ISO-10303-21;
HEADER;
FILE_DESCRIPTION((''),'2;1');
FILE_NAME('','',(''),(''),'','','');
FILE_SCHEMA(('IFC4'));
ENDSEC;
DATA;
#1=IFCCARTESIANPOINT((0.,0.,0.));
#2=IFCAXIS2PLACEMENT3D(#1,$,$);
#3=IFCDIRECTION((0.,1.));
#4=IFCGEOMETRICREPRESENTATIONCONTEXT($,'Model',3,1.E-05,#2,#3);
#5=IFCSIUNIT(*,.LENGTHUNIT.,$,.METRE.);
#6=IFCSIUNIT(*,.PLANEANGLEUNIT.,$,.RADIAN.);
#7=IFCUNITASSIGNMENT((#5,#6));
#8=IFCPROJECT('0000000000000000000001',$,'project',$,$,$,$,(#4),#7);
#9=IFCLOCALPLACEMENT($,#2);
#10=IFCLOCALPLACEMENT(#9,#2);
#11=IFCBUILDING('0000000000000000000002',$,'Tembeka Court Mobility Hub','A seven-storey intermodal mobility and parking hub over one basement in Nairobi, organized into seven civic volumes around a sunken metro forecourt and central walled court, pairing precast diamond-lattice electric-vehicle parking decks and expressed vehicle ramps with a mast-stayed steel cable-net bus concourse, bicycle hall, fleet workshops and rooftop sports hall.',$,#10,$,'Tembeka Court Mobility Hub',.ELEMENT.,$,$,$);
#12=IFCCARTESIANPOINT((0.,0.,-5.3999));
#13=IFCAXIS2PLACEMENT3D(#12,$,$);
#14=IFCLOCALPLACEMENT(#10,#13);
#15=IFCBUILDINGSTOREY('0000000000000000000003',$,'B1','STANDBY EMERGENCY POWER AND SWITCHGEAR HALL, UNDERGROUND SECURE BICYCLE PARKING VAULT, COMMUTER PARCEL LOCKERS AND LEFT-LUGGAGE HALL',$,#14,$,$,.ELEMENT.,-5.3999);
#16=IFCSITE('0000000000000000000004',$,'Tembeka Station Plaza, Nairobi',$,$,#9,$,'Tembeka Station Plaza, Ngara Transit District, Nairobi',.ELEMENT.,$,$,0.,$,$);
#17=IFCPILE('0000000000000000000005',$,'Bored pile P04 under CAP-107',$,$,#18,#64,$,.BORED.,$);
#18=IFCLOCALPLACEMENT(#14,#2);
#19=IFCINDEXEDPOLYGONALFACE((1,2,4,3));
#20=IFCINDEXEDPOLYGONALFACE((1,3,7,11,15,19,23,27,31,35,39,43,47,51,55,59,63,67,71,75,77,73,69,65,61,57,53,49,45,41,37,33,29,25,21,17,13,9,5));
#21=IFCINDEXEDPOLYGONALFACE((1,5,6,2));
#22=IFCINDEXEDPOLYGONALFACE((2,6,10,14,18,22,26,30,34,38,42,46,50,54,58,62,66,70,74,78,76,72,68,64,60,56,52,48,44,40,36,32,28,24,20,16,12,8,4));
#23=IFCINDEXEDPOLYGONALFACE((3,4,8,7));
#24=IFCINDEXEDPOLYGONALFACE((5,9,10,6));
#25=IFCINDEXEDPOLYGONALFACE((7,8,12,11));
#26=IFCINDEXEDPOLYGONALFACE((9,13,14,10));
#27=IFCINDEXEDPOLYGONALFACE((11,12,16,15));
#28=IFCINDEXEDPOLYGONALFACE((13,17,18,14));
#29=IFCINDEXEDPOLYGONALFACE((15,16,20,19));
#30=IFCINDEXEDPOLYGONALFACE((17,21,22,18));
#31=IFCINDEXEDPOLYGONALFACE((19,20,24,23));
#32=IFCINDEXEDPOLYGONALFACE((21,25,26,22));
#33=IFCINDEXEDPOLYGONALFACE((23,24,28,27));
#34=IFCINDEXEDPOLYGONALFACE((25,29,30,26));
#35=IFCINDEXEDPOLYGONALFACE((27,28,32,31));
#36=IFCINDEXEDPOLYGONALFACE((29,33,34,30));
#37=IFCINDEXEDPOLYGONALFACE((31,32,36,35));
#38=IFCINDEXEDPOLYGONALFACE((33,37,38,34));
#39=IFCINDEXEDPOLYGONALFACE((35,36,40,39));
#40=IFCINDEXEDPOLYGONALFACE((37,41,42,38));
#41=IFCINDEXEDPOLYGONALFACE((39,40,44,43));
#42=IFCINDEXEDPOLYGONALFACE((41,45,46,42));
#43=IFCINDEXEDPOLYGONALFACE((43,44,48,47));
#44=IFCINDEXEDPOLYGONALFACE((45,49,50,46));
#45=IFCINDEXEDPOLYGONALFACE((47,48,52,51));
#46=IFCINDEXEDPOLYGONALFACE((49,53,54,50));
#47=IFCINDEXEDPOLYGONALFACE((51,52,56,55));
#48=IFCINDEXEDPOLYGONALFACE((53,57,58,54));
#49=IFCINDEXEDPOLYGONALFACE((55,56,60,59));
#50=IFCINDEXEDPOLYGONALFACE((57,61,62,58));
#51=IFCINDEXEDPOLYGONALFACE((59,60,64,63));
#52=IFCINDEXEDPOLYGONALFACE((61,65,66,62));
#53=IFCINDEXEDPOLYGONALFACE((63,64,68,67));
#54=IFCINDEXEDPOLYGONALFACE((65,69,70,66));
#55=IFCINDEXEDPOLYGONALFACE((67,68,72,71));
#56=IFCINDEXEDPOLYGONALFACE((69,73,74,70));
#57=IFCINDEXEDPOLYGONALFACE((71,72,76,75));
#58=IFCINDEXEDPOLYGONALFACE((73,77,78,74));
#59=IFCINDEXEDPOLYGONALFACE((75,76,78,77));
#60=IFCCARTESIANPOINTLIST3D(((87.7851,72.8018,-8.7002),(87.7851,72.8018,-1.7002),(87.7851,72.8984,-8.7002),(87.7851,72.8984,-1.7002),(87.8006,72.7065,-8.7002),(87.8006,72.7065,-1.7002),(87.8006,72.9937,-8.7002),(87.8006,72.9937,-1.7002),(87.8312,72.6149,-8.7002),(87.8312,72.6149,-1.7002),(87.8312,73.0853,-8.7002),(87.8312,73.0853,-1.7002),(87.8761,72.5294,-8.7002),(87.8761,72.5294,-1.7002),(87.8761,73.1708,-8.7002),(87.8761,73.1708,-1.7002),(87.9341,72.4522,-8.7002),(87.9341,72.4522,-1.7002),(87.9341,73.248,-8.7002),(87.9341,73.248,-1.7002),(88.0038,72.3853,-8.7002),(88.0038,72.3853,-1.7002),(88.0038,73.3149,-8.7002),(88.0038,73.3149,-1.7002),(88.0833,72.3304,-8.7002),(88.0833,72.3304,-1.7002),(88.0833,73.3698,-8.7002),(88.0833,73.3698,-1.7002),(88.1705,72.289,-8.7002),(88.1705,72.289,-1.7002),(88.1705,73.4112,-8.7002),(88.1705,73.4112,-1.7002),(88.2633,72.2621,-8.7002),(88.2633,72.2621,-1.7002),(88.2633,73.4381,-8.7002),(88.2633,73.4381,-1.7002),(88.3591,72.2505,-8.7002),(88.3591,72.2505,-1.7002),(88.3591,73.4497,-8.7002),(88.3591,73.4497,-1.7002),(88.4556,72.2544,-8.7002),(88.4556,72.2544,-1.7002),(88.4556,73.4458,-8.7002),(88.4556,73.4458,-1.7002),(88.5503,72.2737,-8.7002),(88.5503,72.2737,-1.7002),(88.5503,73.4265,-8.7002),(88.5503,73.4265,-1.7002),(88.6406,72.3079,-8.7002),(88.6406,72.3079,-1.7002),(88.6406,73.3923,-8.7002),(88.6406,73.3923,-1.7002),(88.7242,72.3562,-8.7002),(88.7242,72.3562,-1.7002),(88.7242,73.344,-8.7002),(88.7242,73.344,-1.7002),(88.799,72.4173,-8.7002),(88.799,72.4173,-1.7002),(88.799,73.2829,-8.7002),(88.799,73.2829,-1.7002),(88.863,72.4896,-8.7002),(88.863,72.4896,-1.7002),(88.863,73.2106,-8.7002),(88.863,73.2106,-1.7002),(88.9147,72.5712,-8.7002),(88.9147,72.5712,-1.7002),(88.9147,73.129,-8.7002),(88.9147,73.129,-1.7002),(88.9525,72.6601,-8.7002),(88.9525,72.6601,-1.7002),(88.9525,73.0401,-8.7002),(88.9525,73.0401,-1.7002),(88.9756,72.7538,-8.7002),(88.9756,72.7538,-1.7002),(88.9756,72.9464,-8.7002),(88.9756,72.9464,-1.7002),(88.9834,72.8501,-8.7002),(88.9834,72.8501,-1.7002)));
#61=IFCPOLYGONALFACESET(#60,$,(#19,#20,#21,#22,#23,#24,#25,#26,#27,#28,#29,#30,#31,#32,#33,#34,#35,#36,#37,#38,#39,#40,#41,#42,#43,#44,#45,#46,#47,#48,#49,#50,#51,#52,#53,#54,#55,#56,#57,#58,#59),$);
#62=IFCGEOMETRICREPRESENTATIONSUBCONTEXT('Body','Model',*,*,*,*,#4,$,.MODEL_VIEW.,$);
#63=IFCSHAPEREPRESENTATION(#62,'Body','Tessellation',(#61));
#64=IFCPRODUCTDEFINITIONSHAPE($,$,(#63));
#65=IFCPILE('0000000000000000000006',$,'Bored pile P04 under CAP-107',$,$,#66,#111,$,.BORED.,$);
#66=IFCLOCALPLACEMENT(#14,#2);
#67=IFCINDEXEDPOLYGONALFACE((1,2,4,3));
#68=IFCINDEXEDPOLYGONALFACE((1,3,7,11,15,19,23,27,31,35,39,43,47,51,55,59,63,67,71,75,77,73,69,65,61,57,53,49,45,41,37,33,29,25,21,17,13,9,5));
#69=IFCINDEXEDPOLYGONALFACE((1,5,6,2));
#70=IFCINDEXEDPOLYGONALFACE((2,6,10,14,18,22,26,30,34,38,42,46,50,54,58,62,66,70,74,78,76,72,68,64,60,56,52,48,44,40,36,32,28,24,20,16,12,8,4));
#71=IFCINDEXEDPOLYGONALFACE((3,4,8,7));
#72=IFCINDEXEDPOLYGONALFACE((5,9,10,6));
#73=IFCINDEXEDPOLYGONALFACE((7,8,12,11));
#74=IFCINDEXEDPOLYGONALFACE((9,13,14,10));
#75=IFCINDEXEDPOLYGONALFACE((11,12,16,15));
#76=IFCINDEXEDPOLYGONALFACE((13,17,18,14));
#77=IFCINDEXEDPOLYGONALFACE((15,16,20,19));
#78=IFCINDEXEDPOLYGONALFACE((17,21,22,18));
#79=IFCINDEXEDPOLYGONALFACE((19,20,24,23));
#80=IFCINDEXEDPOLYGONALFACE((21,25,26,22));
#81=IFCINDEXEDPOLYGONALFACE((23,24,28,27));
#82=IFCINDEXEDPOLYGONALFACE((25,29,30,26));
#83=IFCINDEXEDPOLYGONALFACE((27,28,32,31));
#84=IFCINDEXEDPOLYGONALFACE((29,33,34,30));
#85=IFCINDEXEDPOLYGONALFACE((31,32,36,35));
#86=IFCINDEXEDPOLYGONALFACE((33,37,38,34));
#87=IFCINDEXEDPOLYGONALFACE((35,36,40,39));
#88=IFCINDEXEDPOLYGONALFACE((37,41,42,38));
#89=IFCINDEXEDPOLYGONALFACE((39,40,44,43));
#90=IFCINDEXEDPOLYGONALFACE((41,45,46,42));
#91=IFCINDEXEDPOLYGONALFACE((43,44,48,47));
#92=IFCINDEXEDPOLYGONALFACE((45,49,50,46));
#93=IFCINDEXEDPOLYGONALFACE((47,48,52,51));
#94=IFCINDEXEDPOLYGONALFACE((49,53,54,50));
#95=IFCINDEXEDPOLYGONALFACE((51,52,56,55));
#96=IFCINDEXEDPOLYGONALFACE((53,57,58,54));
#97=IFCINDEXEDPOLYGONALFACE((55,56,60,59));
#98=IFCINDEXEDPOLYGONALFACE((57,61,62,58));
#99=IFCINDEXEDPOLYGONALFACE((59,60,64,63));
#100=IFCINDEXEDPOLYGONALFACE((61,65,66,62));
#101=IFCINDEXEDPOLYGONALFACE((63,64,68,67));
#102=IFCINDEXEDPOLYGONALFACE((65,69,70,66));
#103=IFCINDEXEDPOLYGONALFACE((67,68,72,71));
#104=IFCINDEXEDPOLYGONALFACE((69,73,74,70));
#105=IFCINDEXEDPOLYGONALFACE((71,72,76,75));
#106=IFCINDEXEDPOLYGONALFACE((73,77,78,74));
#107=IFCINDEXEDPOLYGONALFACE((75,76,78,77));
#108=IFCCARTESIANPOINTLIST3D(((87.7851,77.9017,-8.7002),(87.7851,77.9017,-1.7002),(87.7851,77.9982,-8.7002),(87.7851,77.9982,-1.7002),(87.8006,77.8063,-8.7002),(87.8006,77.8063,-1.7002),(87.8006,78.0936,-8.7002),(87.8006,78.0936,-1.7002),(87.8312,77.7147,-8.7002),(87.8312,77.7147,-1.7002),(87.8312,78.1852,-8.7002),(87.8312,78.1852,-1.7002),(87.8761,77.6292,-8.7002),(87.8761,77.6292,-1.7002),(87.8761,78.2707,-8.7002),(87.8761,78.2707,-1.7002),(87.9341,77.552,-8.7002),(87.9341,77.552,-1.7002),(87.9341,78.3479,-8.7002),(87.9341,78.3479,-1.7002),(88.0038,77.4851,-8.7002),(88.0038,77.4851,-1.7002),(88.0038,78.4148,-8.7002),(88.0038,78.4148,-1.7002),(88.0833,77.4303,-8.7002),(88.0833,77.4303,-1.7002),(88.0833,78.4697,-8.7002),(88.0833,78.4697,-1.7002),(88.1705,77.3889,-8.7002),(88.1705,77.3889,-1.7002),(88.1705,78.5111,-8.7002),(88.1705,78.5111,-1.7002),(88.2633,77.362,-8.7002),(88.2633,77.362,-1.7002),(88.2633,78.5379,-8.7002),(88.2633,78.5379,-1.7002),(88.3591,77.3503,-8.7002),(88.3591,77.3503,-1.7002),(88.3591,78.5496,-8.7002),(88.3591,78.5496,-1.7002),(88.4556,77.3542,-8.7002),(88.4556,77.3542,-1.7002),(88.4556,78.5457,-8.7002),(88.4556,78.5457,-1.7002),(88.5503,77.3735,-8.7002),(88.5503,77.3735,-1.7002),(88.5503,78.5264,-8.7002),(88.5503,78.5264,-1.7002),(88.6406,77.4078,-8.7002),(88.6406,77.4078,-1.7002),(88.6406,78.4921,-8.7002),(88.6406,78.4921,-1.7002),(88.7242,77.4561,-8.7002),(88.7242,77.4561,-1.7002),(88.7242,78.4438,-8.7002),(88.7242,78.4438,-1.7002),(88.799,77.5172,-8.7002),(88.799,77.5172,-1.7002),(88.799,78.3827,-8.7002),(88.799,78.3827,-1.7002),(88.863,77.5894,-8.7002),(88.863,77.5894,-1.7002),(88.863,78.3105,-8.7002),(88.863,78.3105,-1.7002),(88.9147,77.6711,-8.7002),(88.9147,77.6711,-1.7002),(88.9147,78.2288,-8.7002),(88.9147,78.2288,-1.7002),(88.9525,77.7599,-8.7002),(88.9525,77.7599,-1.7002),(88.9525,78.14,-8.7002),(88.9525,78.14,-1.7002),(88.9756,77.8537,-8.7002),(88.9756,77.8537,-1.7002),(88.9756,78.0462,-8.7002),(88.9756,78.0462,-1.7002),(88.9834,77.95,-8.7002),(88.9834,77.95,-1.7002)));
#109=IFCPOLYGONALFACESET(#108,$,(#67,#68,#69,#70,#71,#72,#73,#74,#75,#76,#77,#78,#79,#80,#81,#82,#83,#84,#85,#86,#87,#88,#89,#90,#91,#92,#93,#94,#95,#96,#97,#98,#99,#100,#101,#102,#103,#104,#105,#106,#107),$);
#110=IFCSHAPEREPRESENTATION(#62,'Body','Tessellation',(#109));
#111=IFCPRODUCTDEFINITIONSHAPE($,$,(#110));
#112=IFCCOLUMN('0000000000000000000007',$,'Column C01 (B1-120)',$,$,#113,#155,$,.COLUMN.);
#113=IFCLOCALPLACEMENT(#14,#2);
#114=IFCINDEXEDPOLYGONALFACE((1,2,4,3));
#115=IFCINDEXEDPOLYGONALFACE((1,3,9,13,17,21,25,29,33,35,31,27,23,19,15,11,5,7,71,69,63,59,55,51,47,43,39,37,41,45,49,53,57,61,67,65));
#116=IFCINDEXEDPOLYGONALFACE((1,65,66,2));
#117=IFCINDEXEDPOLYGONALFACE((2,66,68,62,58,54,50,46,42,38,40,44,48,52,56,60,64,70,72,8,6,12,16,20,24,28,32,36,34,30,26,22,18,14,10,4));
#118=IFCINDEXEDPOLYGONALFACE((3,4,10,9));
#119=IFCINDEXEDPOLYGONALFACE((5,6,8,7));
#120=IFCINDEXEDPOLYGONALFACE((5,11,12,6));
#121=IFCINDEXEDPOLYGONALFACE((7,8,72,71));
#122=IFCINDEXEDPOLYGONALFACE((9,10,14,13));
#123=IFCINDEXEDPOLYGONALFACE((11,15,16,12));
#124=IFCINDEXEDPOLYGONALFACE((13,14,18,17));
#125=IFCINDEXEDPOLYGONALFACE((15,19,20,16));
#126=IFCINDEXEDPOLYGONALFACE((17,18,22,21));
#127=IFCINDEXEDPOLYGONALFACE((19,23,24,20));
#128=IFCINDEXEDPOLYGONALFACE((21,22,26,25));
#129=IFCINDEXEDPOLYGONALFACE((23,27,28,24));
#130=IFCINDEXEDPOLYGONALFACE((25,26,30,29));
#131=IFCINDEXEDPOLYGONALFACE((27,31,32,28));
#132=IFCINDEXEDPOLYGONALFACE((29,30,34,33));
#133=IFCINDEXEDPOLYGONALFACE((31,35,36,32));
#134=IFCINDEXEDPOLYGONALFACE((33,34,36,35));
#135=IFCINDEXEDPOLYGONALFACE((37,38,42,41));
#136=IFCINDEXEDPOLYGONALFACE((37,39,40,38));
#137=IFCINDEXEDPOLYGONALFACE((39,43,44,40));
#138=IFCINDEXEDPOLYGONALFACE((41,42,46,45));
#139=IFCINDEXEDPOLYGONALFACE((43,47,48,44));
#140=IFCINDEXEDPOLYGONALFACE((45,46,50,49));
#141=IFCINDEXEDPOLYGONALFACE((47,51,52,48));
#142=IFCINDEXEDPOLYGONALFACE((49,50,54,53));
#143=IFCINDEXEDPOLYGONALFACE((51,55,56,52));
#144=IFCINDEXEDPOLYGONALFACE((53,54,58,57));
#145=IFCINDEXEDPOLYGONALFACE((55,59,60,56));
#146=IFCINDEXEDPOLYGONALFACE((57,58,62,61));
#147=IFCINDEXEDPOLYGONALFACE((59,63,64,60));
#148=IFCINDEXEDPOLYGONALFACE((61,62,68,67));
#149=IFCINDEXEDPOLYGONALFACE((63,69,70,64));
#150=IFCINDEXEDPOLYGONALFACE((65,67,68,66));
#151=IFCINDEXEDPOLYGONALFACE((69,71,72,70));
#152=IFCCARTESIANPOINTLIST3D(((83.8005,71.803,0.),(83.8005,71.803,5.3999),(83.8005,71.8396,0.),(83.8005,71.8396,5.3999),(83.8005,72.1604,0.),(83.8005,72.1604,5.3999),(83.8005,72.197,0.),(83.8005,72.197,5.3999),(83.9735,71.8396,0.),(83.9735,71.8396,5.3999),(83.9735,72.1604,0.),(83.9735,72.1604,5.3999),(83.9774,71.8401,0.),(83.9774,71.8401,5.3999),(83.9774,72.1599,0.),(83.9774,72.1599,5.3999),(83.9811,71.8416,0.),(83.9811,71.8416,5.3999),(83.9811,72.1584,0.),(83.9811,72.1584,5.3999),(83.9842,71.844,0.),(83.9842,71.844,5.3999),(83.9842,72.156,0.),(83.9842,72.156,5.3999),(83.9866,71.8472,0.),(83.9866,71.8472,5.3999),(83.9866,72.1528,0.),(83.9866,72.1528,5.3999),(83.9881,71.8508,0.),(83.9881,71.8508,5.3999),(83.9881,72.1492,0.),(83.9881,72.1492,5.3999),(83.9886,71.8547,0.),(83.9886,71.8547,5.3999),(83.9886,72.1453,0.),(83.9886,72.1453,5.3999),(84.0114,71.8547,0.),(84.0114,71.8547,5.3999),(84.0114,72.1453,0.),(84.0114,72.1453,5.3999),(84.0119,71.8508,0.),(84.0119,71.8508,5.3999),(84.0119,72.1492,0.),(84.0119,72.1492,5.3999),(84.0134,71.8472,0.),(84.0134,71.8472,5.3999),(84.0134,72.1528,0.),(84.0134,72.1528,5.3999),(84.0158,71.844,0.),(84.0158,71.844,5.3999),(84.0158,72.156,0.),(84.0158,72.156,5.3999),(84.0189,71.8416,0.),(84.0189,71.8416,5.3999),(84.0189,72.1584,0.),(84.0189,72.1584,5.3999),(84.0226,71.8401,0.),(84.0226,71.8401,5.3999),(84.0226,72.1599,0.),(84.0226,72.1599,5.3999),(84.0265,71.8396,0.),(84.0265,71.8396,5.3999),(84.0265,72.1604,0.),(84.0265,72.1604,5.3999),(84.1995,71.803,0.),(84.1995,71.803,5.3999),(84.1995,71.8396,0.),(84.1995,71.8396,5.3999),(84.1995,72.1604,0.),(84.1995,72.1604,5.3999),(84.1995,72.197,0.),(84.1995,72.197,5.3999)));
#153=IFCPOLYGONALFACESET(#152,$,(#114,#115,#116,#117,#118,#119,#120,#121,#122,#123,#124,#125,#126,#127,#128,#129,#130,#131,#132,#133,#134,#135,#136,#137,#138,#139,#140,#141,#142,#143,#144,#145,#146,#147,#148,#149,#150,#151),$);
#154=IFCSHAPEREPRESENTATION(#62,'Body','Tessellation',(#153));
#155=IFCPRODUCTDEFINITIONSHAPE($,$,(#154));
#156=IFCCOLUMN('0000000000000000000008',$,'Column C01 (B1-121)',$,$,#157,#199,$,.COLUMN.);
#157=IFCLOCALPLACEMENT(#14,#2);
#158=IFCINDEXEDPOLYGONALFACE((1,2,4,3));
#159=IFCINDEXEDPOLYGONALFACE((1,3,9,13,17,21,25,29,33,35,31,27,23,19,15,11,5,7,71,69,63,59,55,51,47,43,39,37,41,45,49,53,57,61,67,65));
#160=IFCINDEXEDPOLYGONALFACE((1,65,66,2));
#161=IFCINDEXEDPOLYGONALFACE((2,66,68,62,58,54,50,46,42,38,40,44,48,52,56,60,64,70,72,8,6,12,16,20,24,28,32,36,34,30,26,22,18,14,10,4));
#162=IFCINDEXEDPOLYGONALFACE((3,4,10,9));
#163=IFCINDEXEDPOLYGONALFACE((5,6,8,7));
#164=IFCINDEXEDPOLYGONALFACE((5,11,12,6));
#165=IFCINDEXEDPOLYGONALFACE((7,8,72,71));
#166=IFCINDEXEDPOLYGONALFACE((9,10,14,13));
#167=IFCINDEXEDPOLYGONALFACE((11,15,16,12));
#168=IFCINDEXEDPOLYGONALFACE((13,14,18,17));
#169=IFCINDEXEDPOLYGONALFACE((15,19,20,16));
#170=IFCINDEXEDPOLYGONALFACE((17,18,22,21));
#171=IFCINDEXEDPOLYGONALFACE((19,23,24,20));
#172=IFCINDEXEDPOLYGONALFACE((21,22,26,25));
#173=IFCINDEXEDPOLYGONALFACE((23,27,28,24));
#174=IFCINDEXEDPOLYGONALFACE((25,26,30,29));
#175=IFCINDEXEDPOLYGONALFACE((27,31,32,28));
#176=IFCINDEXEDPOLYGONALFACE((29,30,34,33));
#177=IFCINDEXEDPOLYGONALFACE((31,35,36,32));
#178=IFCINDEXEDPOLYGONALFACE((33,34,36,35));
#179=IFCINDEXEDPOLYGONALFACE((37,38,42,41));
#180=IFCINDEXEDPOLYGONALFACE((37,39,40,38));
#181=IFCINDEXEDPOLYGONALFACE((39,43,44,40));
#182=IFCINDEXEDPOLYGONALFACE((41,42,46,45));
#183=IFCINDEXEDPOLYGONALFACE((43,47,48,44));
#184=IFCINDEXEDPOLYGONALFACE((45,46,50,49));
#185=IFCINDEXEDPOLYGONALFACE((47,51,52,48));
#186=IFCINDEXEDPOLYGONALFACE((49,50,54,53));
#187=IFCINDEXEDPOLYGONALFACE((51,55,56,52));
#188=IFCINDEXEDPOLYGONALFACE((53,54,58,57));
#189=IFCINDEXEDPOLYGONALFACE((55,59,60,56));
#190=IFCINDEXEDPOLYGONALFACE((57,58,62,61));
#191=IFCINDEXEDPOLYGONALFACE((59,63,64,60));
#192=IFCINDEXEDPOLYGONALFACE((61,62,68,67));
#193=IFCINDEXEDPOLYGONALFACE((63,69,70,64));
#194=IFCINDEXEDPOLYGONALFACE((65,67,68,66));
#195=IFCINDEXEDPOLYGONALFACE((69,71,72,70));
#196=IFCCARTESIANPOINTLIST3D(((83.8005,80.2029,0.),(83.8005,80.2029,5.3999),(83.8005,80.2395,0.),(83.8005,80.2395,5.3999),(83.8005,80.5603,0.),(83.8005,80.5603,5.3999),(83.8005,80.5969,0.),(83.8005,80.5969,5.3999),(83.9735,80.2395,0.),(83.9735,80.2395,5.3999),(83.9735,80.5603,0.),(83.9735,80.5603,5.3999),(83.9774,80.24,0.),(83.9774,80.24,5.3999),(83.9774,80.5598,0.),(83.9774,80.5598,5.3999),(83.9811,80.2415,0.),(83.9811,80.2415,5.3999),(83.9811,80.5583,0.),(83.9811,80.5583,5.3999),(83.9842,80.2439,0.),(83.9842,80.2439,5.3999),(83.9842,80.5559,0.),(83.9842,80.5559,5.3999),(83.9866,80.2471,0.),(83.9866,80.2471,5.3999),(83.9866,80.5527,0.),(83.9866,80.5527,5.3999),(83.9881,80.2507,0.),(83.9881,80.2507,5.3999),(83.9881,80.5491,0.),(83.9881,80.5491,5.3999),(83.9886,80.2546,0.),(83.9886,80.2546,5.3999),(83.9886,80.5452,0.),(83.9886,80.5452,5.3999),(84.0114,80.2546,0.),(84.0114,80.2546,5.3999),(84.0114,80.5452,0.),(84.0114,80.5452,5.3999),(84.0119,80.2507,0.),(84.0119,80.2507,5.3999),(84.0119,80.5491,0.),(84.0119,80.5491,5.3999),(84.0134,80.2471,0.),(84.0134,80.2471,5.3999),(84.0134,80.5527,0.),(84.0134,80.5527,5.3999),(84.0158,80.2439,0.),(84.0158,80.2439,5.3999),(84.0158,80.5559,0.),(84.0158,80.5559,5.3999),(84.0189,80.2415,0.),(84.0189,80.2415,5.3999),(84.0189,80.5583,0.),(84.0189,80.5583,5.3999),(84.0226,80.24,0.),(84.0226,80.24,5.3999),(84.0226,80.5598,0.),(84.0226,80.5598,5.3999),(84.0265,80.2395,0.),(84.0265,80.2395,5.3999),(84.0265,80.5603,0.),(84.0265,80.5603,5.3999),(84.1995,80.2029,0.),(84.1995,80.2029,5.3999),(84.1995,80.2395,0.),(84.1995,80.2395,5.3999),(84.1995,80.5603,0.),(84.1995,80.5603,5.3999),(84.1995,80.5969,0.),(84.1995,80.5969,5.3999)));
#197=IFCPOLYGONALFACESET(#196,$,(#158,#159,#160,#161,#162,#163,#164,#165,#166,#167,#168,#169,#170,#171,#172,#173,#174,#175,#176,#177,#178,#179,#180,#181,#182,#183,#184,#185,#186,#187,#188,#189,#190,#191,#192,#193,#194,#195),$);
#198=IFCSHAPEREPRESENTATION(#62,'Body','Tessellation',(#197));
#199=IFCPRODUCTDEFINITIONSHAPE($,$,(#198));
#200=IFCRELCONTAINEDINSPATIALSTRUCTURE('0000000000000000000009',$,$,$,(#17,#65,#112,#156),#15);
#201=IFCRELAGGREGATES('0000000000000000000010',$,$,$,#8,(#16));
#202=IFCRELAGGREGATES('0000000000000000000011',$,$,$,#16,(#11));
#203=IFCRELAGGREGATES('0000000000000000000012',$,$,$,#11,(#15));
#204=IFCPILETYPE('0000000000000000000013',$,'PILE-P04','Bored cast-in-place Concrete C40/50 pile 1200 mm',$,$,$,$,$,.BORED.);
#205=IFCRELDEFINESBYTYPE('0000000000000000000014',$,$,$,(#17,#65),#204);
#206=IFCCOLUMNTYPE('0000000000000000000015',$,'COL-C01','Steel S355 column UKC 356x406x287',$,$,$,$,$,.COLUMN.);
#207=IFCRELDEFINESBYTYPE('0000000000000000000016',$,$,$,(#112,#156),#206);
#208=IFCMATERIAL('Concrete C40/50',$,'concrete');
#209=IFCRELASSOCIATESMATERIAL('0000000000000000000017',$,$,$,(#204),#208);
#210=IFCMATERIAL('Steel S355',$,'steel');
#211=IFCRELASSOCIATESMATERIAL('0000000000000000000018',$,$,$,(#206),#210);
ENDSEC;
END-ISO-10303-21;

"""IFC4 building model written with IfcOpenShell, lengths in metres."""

from ifc_helpers import new_model, si_unit, direction, frame, origin, origin_2d, place, context, subcontext, project, spatial, circle, i_section, extrude, material, material_profile, profile_set, type_object, element, save


model = new_model("IFC4")

# Units and contexts
model_context = context("Model", 3, precision=1e-05, world=origin(), true_north=direction((0.0, 1.0)))
body_context = subcontext(model_context, "Body", "Model", "MODEL_VIEW")
ifc_project = project(units=[si_unit("LENGTHUNIT", "METRE"), si_unit("PLANEANGLEUNIT", "RADIAN")], contexts=[model_context])

# Site, building, storey
site_placement = place(None, origin())
site = spatial("IfcSite", under=ifc_project, at=site_placement, Name="Tembeka Station Plaza, Nairobi", LongName="Tembeka Station Plaza, Ngara Transit District, Nairobi", CompositionType="ELEMENT", RefElevation=0.0)
building_placement = place(site_placement, origin())
building = spatial("IfcBuilding", under=site, at=building_placement, Name="Tembeka Court Mobility Hub", Description="A seven-storey intermodal mobility and parking hub over one basement in Nairobi, organized into seven civic volumes around a sunken metro forecourt and central walled court, pairing precast diamond-lattice electric-vehicle parking decks and expressed vehicle ramps with a mast-stayed steel cable-net bus concourse, bicycle hall, fleet workshops and rooftop sports hall.", LongName="Tembeka Court Mobility Hub", CompositionType="ELEMENT")
storey_placement = place(building_placement, frame((0.0, 0.0, -5.3999)))
storey = spatial("IfcBuildingStorey", under=building, at=storey_placement, Name="B1", Description="STANDBY EMERGENCY POWER AND SWITCHGEAR HALL, UNDERGROUND SECURE BICYCLE PARKING VAULT, COMMUTER PARCEL LOCKERS AND LEFT-LUGGAGE HALL", CompositionType="ELEMENT", Elevation=-5.3999)

# Shared definitions
ifc_material_1 = material(Name="Concrete C40/50", Category="concrete")

# Piles
ifc_material_profile_1 = material_profile(ifc_material_1, circle(Radius=0.6001, at=origin_2d()), Name="PILE D1200")
ifc_profile_set_1 = profile_set([ifc_material_profile_1], Name="Concrete C40/50")
pile_type = type_object("IfcPileType", Name="PILE-P04", Description="Bored cast-in-place Concrete C40/50 pile 1200 mm", PredefinedType="BORED", material=ifc_profile_set_1)
for number, where, z_axis, x_axis, name in (
    (1, (88.3833, 72.8501, -1.7002), (0.0, 0.0, -1.0), (1.0, 0.0, 0.0), "Bored pile P04 under CAP-107"),
    (2, (88.3833, 77.95, -1.7002), (0.0, 0.0, -1.0), (1.0, 0.0, 0.0), "Bored pile P04 under CAP-107"),
):
    element("IfcPile", number, at=place(storey_placement, frame(where, z_axis=z_axis, x_axis=x_axis)), inside=storey, type_object=pile_type, Name=name, PredefinedType="BORED", context=body_context, shape_type="SweptSolid", body=[
        extrude(circle(Radius=0.6001, at=origin_2d()), origin(), (0.0, 0.0, 1.0), 7.0),
    ])

# Columns
ifc_material_2 = material(Name="Steel S355", Category="steel")
ifc_material_profile_2 = material_profile(ifc_material_2, i_section(OverallWidth=0.3989, OverallDepth=0.394, WebThickness=0.0227, FlangeThickness=0.0366, FilletRadius=0.0151, at=origin_2d()), Name="UKC 356x406x287")
ifc_profile_set_2 = profile_set([ifc_material_profile_2], Name="Steel S355")
column_type = type_object("IfcColumnType", Name="COL-C01", Description="Steel S355 column UKC 356x406x287", PredefinedType="COLUMN", material=ifc_profile_set_2)
for number, where, z_axis, x_axis, name in (
    (3, (84.0, 72.0, 0.0), (0.0, 0.0, 1.0), (1.0, 0.0, 0.0), "Column C01 (B1-120)"),
    (4, (84.0, 80.3999, 0.0), (0.0, 0.0, 1.0), (1.0, 0.0, 0.0), "Column C01 (B1-121)"),
):
    element("IfcColumn", number, at=place(storey_placement, frame(where, z_axis=z_axis, x_axis=x_axis)), inside=storey, type_object=column_type, Name=name, PredefinedType="COLUMN", context=body_context, shape_type="SweptSolid", body=[
        extrude(i_section(OverallWidth=0.3989, OverallDepth=0.394, WebThickness=0.0227, FlangeThickness=0.0366, FilletRadius=0.0151, at=origin_2d()), origin(), (0.0, 0.0, 1.0), 5.3999),
    ])

save(model, "model.ifc")
